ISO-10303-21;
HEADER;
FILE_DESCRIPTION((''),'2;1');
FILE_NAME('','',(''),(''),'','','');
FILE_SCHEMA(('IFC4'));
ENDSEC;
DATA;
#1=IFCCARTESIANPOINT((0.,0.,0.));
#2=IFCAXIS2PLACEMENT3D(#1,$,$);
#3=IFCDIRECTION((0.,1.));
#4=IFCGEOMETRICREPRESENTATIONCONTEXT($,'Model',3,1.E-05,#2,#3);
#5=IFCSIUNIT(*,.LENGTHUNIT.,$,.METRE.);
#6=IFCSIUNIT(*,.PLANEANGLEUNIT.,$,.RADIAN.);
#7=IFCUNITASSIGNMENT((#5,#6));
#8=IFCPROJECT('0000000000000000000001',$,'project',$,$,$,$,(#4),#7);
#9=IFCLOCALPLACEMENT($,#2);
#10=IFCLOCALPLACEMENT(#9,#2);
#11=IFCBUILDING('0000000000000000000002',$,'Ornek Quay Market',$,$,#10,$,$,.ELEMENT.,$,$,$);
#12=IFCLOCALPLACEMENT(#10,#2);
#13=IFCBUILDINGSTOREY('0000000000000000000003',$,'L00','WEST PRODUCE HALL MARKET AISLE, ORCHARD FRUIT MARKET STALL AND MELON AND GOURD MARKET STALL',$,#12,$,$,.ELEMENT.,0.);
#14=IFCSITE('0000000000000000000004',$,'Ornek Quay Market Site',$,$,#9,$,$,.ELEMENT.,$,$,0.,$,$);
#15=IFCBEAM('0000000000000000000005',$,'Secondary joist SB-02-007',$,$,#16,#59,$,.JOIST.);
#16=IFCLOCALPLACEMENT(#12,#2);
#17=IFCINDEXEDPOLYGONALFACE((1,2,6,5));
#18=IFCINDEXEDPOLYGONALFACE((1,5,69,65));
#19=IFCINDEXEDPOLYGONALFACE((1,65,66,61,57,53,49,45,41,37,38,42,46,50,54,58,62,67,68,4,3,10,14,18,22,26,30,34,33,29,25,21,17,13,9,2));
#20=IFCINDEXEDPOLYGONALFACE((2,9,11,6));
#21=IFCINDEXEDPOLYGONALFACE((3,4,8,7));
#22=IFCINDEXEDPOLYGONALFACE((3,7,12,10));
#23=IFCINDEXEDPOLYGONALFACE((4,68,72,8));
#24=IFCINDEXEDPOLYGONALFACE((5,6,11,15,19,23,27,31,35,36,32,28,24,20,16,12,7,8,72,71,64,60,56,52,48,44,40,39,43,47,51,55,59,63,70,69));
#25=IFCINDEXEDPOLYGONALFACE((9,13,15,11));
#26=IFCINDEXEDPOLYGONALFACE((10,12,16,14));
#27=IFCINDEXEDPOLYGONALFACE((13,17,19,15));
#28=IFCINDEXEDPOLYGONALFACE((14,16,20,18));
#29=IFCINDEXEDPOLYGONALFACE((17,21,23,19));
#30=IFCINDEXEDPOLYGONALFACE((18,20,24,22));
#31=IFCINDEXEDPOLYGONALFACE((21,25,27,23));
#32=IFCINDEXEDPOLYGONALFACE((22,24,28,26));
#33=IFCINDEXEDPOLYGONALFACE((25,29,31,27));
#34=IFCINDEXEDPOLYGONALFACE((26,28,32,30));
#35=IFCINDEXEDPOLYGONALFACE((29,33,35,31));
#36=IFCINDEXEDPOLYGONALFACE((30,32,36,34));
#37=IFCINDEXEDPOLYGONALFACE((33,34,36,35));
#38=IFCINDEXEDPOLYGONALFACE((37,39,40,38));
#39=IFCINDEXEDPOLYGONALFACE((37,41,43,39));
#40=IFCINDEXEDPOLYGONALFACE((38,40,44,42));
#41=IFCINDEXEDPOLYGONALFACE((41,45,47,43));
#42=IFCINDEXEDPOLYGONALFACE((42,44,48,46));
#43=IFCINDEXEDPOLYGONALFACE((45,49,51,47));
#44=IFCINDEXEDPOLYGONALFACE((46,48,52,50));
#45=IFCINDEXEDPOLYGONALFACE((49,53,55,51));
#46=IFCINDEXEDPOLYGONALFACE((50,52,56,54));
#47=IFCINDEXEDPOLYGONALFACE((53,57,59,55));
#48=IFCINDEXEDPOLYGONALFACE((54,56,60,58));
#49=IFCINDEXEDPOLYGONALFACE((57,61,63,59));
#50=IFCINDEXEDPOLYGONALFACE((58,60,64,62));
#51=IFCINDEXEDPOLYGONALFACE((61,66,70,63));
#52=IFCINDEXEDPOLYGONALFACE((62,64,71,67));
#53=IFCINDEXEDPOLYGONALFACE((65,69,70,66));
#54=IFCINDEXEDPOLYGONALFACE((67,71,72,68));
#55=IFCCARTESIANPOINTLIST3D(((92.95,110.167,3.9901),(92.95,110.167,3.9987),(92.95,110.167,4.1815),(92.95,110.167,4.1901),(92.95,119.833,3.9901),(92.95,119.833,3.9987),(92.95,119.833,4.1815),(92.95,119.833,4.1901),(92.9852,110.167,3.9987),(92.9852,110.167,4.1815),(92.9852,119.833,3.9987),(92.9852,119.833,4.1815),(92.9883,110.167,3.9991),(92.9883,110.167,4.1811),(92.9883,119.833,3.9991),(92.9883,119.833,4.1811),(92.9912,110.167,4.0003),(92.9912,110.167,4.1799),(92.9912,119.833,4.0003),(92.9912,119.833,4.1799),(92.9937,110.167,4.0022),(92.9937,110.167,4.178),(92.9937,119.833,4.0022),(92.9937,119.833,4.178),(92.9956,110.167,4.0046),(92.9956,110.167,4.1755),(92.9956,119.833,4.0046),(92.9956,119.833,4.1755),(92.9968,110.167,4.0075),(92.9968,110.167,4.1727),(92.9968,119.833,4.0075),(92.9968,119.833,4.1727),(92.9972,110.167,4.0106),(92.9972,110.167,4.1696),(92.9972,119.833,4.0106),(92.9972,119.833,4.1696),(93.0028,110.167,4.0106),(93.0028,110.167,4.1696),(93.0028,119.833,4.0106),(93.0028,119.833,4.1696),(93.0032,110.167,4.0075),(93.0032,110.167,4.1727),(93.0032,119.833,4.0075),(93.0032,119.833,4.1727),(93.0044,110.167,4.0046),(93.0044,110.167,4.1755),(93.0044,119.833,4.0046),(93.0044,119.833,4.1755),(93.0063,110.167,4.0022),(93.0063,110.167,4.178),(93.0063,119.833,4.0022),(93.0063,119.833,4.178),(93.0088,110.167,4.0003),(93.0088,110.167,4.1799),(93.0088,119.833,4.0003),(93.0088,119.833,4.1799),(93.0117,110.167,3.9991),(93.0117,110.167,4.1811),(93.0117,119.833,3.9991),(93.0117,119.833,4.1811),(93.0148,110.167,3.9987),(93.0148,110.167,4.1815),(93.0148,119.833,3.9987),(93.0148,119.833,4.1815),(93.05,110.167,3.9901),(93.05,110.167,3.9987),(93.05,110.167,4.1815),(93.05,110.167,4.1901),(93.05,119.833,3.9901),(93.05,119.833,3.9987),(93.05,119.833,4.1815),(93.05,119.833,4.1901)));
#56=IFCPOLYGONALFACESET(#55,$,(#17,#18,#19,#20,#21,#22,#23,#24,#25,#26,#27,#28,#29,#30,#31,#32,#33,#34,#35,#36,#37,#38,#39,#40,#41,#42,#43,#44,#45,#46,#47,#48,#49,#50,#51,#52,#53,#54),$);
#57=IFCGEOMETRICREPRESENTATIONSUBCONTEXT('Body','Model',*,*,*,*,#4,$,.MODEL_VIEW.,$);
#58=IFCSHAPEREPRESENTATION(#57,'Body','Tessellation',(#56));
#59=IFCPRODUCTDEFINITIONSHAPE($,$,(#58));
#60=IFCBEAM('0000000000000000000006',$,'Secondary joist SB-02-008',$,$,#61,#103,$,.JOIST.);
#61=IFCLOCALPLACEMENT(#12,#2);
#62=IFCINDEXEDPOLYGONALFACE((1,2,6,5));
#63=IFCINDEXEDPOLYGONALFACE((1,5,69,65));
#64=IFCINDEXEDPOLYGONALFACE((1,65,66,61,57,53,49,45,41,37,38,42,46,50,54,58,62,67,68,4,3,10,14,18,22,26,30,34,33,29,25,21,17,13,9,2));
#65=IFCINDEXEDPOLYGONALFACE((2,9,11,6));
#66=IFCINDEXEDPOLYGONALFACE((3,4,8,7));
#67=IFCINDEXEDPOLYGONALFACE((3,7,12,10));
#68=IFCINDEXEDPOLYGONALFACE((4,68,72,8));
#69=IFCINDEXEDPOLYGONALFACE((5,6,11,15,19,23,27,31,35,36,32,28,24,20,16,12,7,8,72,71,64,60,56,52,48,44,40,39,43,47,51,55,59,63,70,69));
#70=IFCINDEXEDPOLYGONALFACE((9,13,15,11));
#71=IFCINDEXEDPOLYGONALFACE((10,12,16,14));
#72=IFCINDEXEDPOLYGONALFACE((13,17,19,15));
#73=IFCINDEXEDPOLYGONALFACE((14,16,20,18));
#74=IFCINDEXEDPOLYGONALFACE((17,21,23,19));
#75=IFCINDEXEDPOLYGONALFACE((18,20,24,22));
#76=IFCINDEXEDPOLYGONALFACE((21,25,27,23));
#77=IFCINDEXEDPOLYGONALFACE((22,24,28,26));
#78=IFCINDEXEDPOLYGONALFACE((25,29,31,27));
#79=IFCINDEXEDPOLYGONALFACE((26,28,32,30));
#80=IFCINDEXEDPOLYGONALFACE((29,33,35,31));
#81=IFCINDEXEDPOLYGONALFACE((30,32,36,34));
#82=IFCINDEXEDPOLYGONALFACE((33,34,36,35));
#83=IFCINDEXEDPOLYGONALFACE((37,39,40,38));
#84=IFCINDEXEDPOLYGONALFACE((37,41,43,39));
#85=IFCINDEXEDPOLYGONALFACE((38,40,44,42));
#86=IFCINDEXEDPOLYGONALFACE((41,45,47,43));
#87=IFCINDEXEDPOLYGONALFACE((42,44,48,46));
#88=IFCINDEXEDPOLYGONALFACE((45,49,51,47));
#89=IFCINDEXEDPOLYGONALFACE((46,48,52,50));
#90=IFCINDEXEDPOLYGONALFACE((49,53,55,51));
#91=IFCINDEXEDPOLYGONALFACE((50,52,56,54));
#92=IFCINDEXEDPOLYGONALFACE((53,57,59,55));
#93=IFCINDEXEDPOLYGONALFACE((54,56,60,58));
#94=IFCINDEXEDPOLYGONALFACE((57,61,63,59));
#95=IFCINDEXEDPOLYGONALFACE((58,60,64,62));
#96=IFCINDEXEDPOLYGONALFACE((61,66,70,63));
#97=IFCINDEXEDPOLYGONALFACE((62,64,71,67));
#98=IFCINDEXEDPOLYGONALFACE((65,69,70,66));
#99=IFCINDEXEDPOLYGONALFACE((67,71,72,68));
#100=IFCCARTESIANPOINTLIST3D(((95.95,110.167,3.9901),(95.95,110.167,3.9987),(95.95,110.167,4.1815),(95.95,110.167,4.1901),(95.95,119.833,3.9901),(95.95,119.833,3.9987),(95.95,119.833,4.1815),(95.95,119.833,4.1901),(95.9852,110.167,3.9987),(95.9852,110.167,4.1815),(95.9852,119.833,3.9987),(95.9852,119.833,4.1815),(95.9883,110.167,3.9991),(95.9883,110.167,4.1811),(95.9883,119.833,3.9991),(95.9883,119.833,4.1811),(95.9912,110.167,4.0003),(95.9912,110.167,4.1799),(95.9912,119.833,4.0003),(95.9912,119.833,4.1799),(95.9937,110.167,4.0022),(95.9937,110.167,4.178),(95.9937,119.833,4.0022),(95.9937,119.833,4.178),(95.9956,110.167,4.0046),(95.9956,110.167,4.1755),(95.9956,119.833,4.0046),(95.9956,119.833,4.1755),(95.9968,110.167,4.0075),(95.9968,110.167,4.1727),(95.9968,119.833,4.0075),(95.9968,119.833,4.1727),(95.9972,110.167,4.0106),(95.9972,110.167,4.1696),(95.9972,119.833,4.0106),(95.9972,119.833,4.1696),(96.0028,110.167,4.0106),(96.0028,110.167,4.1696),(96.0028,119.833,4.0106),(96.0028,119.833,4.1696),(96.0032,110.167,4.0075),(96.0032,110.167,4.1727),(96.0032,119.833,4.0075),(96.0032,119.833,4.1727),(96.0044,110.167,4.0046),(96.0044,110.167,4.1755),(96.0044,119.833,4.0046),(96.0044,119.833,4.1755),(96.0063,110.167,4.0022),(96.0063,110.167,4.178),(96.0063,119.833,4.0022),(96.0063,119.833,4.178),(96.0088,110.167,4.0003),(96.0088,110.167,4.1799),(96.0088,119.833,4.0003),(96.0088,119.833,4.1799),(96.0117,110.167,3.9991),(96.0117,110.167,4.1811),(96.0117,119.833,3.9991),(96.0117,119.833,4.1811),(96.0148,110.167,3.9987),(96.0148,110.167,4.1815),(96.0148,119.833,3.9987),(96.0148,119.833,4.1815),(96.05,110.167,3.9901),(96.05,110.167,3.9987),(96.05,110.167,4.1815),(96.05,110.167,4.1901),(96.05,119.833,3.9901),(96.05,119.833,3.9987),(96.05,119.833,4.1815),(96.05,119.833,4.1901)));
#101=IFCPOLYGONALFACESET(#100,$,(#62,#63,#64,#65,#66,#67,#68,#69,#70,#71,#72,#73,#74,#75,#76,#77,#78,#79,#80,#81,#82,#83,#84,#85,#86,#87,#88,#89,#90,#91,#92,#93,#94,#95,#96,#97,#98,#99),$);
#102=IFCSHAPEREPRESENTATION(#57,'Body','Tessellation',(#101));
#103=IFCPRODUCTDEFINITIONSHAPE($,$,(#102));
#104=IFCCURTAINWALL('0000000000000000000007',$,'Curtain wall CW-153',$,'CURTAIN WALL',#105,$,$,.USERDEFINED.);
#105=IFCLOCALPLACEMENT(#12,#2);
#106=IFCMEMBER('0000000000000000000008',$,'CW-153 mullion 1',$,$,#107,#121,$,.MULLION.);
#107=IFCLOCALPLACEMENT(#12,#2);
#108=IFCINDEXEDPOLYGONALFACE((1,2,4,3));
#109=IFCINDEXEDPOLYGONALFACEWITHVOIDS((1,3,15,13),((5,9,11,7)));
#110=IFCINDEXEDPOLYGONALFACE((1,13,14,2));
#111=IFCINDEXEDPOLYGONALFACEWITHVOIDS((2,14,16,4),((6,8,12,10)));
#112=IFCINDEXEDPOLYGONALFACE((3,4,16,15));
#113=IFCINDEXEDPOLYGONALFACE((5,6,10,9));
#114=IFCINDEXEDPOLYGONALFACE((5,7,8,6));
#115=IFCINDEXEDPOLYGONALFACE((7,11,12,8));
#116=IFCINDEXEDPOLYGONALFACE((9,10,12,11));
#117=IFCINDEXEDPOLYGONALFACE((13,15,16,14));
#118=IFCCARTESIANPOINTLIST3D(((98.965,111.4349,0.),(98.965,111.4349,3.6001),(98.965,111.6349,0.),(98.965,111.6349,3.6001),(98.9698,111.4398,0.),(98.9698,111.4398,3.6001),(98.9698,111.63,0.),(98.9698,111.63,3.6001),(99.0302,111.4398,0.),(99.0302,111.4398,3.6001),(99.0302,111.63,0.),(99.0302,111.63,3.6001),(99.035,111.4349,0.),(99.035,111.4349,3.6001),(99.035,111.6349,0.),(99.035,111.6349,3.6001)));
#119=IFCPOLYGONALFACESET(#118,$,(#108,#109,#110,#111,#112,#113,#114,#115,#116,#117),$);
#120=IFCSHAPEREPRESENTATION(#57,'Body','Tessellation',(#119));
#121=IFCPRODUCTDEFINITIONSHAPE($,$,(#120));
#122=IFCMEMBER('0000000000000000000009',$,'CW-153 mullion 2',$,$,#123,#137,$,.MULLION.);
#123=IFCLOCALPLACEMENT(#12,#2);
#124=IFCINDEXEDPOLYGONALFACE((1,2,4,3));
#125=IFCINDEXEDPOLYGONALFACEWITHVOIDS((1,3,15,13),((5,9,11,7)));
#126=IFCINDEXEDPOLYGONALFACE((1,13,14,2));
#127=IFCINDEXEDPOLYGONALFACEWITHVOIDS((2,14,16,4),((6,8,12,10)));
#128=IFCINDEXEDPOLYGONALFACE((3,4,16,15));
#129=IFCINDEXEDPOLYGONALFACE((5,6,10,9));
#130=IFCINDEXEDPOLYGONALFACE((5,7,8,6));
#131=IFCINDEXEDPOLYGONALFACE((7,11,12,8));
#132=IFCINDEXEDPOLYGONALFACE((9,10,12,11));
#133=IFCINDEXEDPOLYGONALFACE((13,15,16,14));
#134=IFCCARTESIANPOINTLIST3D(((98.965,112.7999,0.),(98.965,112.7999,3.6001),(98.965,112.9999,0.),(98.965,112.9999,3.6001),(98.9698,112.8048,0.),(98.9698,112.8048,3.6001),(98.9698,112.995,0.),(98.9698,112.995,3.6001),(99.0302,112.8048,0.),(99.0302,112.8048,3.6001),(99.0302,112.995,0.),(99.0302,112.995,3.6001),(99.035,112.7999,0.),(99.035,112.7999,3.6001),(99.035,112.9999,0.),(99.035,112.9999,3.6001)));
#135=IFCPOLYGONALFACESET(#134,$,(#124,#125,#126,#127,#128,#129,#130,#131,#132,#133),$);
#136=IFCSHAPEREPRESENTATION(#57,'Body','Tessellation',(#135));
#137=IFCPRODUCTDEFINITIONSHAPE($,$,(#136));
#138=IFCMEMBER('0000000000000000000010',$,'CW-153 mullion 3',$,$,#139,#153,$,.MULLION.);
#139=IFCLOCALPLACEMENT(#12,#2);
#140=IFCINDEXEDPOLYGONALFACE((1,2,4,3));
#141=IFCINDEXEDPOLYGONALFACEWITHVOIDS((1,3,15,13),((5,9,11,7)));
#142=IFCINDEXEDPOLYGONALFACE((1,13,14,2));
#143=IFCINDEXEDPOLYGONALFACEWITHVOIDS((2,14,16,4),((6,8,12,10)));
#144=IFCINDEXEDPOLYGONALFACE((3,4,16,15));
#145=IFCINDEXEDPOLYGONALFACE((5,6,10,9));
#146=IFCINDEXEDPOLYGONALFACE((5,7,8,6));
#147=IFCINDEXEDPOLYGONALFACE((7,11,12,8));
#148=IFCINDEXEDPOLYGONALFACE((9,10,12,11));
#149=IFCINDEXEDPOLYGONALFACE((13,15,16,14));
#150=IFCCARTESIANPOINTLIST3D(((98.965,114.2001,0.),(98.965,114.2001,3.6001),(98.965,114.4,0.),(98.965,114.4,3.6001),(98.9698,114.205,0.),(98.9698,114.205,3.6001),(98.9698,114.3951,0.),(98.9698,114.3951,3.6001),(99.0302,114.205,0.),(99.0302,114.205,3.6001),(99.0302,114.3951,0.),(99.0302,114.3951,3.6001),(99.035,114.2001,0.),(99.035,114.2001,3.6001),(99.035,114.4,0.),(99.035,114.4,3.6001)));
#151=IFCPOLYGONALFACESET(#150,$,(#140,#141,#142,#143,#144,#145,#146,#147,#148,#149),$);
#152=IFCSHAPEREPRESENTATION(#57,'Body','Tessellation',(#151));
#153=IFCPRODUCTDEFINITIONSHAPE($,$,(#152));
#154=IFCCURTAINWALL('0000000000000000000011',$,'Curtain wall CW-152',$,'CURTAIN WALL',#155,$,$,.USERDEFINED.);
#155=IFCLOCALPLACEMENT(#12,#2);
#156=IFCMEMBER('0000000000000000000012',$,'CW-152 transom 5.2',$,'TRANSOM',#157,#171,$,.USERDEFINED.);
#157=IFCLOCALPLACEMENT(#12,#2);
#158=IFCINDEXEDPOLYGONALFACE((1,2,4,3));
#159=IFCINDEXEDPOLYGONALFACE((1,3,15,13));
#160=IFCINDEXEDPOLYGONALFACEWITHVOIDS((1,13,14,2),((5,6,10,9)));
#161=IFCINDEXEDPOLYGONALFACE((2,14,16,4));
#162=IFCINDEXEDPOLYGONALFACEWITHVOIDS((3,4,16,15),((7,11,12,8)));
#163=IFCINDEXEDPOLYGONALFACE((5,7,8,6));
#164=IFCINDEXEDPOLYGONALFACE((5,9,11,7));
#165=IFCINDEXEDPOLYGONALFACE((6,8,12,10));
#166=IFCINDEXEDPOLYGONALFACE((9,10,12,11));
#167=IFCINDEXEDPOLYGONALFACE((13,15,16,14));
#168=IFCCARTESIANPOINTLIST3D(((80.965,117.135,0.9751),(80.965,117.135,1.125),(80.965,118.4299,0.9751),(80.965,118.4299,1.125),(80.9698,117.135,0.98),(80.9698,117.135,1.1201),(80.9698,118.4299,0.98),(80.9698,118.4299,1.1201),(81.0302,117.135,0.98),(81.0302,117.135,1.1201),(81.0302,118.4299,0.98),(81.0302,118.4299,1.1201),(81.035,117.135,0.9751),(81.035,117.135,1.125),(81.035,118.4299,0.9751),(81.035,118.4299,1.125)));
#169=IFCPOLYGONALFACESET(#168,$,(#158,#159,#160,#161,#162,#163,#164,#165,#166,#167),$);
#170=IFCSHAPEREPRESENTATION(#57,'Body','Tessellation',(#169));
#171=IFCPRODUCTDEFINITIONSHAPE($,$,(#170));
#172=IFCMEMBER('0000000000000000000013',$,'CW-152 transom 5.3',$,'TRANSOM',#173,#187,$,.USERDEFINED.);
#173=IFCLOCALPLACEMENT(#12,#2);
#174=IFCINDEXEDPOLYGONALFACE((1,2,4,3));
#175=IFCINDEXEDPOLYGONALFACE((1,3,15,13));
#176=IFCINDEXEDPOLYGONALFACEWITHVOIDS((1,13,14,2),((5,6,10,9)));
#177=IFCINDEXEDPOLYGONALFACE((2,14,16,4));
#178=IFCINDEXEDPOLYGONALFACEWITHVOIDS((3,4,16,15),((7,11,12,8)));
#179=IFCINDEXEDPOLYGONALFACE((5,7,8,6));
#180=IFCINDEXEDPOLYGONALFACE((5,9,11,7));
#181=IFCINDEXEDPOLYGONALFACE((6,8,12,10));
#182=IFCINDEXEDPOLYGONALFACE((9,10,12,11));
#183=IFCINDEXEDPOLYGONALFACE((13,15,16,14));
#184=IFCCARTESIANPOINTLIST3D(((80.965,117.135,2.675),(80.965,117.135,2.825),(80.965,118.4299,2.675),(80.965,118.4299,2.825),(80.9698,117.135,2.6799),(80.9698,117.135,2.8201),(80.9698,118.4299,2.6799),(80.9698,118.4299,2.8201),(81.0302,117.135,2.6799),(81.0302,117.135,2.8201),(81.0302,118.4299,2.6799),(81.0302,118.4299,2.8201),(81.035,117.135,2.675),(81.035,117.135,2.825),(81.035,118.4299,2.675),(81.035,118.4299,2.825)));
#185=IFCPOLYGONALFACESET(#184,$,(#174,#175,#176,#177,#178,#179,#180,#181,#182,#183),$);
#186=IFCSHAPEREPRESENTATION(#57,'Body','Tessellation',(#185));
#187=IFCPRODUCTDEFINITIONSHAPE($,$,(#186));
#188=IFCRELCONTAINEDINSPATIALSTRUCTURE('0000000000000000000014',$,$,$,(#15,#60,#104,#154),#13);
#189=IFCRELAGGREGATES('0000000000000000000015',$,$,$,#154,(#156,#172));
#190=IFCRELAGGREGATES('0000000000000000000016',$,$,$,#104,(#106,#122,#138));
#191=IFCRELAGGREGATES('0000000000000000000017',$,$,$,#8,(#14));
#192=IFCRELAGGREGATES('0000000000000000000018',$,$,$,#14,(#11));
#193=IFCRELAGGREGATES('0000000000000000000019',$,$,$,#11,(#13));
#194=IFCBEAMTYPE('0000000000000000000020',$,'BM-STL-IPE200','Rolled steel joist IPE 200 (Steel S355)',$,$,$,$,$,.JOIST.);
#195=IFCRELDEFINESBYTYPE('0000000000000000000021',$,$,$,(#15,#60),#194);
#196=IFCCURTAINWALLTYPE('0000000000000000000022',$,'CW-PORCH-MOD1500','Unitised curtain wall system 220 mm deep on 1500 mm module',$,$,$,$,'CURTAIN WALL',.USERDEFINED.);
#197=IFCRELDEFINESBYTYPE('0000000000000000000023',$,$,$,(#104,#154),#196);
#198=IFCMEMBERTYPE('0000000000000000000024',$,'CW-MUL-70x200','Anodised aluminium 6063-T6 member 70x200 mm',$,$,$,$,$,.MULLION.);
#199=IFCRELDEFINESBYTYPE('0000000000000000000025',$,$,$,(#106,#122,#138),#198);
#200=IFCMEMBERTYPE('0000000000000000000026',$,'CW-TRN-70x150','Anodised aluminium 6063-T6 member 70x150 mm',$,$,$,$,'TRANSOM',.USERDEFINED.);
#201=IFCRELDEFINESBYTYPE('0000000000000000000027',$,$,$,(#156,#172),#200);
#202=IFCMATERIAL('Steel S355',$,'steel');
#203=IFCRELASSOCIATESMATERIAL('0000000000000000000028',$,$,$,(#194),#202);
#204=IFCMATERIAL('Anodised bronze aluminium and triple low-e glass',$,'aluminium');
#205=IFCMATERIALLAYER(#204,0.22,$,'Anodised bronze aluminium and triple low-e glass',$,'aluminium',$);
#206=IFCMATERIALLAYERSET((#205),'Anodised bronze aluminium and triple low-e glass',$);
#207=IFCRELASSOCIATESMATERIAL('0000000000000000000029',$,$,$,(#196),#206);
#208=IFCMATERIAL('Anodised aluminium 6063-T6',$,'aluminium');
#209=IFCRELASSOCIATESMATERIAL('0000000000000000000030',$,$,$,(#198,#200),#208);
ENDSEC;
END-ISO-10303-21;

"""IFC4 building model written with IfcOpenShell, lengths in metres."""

from ifc_helpers import new_model, si_unit, direction, frame, origin, origin_2d, place, context, subcontext, project, spatial, hollow_rectangle, i_section, extrude, material, layer, layer_set, material_profile, profile_set, type_object, element, aggregate, save


model = new_model("IFC4")

# Units and contexts
model_context = context("Model", 3, precision=1e-05, world=origin(), true_north=direction((0.0, 1.0)))
body_context = subcontext(model_context, "Body", "Model", "MODEL_VIEW")
ifc_project = project(units=[si_unit("LENGTHUNIT", "METRE"), si_unit("PLANEANGLEUNIT", "RADIAN")], contexts=[model_context])

# Site, building, storey
site_placement = place(None, origin())
site = spatial("IfcSite", under=ifc_project, at=site_placement, Name="Ornek Quay Market Site", CompositionType="ELEMENT", RefElevation=0.0)
building_placement = place(site_placement, origin())
building = spatial("IfcBuilding", under=site, at=building_placement, Name="Ornek Quay Market", CompositionType="ELEMENT")
storey_placement = place(building_placement, origin())
storey = spatial("IfcBuildingStorey", under=building, at=storey_placement, Name="L00", Description="WEST PRODUCE HALL MARKET AISLE, ORCHARD FRUIT MARKET STALL AND MELON AND GOURD MARKET STALL", CompositionType="ELEMENT", Elevation=0.0)

# Beams
ifc_material_1 = material(Name="Steel S355", Category="steel")
ifc_material_profile_1 = material_profile(ifc_material_1, i_section(OverallWidth=0.1001, OverallDepth=0.2, WebThickness=0.0056, FlangeThickness=0.0085, FilletRadius=0.012, at=origin_2d()), Name="IPE 200", Category="steel")
ifc_profile_set_1 = profile_set([ifc_material_profile_1], Name="Steel S355")
beam_type_1 = type_object("IfcBeamType", Name="BM-STL-IPE200", Description="Rolled steel joist IPE 200 (Steel S355)", PredefinedType="JOIST", material=ifc_profile_set_1)
for number, where, z_axis, x_axis, name in (
    (1, (93.0, 110.167, 4.0901), (0.0, 1.0, 0.0), (-1.0, 0.0, 0.0), "Secondary joist SB-02-007"),
    (2, (96.0, 110.167, 4.0901), (0.0, 1.0, 0.0), (-1.0, 0.0, 0.0), "Secondary joist SB-02-008"),
):
    element("IfcBeam", number, at=place(storey_placement, frame(where, z_axis=z_axis, x_axis=x_axis)), inside=storey, type_object=beam_type_1, Name=name, PredefinedType="JOIST", context=body_context, shape_type="SweptSolid", body=[
        extrude(i_section(OverallWidth=0.1001, OverallDepth=0.2, WebThickness=0.0056, FlangeThickness=0.0085, FilletRadius=0.012, at=origin_2d()), origin(), (0.0, 0.0, 1.0), 9.666),
    ])

# Curtain walls, members
ifc_material_2 = material(Name="Anodised bronze aluminium and triple low-e glass", Category="aluminium")
ifc_layer_1 = layer(ifc_material_2, 0.22, Name="Anodised bronze aluminium and triple low-e glass", Category="aluminium")
ifc_layer_set_1 = layer_set([ifc_layer_1], Name="Anodised bronze aluminium and triple low-e glass")
curtain_wall_type = type_object("IfcCurtainWallType", Name="CW-PORCH-MOD1500", Description="Unitised curtain wall system 220 mm deep on 1500 mm module", ElementType="CURTAIN WALL", PredefinedType="USERDEFINED", material=ifc_layer_set_1)
curtain_wall_1_placement = place(storey_placement, origin())
curtain_wall_1 = element("IfcCurtainWall", 3, at=curtain_wall_1_placement, inside=storey, type_object=curtain_wall_type, Name="Curtain wall CW-153", ObjectType="CURTAIN WALL", PredefinedType="USERDEFINED")
ifc_material_3 = material(Name="Anodised aluminium 6063-T6", Category="aluminium")
ifc_material_profile_2 = material_profile(ifc_material_3, hollow_rectangle(XDim=0.0701, YDim=0.2, WallThickness=0.0049, at=origin_2d()), Name="CW-MUL-70x200", Category="aluminium")
ifc_profile_set_2 = profile_set([ifc_material_profile_2], Name="Anodised aluminium 6063-T6")
member_type_1 = type_object("IfcMemberType", Name="CW-MUL-70x200", Description="Anodised aluminium 6063-T6 member 70x200 mm", PredefinedType="MULLION", material=ifc_profile_set_2)
member_1_placement = place(storey_placement, frame((99.0, 111.5349, 0.0), z_axis=(0.0, 0.0, 1.0), x_axis=(-1.0, 0.0, 0.0)))
member_1 = element("IfcMember", 4, at=member_1_placement, type_object=member_type_1, Name="CW-153 mullion 1", PredefinedType="MULLION", context=body_context, shape_type="SweptSolid", body=[
    extrude(hollow_rectangle(XDim=0.0701, YDim=0.2, WallThickness=0.0049, at=origin_2d()), origin(), (0.0, 0.0, 1.0), 3.6001),
])
member_2_placement = place(storey_placement, frame((99.0, 112.8999, 0.0), z_axis=(0.0, 0.0, 1.0), x_axis=(-1.0, 0.0, 0.0)))
member_2 = element("IfcMember", 5, at=member_2_placement, type_object=member_type_1, Name="CW-153 mullion 2", PredefinedType="MULLION", context=body_context, shape_type="SweptSolid", body=[
    extrude(hollow_rectangle(XDim=0.0701, YDim=0.2, WallThickness=0.0049, at=origin_2d()), origin(), (0.0, 0.0, 1.0), 3.6001),
])
member_3_placement = place(storey_placement, frame((99.0, 114.3, 0.0), z_axis=(0.0, 0.0, 1.0), x_axis=(-1.0, 0.0, 0.0)))
member_3 = element("IfcMember", 6, at=member_3_placement, type_object=member_type_1, Name="CW-153 mullion 3", PredefinedType="MULLION", context=body_context, shape_type="SweptSolid", body=[
    extrude(hollow_rectangle(XDim=0.0701, YDim=0.2, WallThickness=0.0049, at=origin_2d()), origin(), (0.0, 0.0, 1.0), 3.6001),
])
curtain_wall_2_placement = place(storey_placement, origin())
curtain_wall_2 = element("IfcCurtainWall", 7, at=curtain_wall_2_placement, inside=storey, type_object=curtain_wall_type, Name="Curtain wall CW-152", ObjectType="CURTAIN WALL", PredefinedType="USERDEFINED")
ifc_material_profile_3 = material_profile(ifc_material_3, hollow_rectangle(XDim=0.0701, YDim=0.1499, WallThickness=0.0049, at=origin_2d()), Name="CW-TRN-70x150", Category="aluminium")
ifc_profile_set_3 = profile_set([ifc_material_profile_3], Name="Anodised aluminium 6063-T6")
member_type_2 = type_object("IfcMemberType", Name="CW-TRN-70x150", Description="Anodised aluminium 6063-T6 member 70x150 mm", ElementType="TRANSOM", PredefinedType="USERDEFINED", material=ifc_profile_set_3)
member_4_placement = place(storey_placement, frame((81.0, 117.135, 1.05), z_axis=(0.0, 1.0, 0.0), x_axis=(-1.0, 0.0, 0.0)))
member_4 = element("IfcMember", 8, at=member_4_placement, type_object=member_type_2, Name="CW-152 transom 5.2", ObjectType="TRANSOM", PredefinedType="USERDEFINED", context=body_context, shape_type="SweptSolid", body=[
    extrude(hollow_rectangle(XDim=0.0701, YDim=0.1499, WallThickness=0.0049, at=origin_2d()), origin(), (0.0, 0.0, 1.0), 1.2949),
])
member_5_placement = place(storey_placement, frame((81.0, 117.135, 2.75), z_axis=(0.0, 1.0, 0.0), x_axis=(-1.0, 0.0, 0.0)))
member_5 = element("IfcMember", 9, at=member_5_placement, type_object=member_type_2, Name="CW-152 transom 5.3", ObjectType="TRANSOM", PredefinedType="USERDEFINED", context=body_context, shape_type="SweptSolid", body=[
    extrude(hollow_rectangle(XDim=0.0701, YDim=0.1499, WallThickness=0.0049, at=origin_2d()), origin(), (0.0, 0.0, 1.0), 1.2949),
])

aggregate(curtain_wall_2, [member_4, member_5])
aggregate(curtain_wall_1, [member_1, member_2, member_3])

save(model, "model.ifc")
